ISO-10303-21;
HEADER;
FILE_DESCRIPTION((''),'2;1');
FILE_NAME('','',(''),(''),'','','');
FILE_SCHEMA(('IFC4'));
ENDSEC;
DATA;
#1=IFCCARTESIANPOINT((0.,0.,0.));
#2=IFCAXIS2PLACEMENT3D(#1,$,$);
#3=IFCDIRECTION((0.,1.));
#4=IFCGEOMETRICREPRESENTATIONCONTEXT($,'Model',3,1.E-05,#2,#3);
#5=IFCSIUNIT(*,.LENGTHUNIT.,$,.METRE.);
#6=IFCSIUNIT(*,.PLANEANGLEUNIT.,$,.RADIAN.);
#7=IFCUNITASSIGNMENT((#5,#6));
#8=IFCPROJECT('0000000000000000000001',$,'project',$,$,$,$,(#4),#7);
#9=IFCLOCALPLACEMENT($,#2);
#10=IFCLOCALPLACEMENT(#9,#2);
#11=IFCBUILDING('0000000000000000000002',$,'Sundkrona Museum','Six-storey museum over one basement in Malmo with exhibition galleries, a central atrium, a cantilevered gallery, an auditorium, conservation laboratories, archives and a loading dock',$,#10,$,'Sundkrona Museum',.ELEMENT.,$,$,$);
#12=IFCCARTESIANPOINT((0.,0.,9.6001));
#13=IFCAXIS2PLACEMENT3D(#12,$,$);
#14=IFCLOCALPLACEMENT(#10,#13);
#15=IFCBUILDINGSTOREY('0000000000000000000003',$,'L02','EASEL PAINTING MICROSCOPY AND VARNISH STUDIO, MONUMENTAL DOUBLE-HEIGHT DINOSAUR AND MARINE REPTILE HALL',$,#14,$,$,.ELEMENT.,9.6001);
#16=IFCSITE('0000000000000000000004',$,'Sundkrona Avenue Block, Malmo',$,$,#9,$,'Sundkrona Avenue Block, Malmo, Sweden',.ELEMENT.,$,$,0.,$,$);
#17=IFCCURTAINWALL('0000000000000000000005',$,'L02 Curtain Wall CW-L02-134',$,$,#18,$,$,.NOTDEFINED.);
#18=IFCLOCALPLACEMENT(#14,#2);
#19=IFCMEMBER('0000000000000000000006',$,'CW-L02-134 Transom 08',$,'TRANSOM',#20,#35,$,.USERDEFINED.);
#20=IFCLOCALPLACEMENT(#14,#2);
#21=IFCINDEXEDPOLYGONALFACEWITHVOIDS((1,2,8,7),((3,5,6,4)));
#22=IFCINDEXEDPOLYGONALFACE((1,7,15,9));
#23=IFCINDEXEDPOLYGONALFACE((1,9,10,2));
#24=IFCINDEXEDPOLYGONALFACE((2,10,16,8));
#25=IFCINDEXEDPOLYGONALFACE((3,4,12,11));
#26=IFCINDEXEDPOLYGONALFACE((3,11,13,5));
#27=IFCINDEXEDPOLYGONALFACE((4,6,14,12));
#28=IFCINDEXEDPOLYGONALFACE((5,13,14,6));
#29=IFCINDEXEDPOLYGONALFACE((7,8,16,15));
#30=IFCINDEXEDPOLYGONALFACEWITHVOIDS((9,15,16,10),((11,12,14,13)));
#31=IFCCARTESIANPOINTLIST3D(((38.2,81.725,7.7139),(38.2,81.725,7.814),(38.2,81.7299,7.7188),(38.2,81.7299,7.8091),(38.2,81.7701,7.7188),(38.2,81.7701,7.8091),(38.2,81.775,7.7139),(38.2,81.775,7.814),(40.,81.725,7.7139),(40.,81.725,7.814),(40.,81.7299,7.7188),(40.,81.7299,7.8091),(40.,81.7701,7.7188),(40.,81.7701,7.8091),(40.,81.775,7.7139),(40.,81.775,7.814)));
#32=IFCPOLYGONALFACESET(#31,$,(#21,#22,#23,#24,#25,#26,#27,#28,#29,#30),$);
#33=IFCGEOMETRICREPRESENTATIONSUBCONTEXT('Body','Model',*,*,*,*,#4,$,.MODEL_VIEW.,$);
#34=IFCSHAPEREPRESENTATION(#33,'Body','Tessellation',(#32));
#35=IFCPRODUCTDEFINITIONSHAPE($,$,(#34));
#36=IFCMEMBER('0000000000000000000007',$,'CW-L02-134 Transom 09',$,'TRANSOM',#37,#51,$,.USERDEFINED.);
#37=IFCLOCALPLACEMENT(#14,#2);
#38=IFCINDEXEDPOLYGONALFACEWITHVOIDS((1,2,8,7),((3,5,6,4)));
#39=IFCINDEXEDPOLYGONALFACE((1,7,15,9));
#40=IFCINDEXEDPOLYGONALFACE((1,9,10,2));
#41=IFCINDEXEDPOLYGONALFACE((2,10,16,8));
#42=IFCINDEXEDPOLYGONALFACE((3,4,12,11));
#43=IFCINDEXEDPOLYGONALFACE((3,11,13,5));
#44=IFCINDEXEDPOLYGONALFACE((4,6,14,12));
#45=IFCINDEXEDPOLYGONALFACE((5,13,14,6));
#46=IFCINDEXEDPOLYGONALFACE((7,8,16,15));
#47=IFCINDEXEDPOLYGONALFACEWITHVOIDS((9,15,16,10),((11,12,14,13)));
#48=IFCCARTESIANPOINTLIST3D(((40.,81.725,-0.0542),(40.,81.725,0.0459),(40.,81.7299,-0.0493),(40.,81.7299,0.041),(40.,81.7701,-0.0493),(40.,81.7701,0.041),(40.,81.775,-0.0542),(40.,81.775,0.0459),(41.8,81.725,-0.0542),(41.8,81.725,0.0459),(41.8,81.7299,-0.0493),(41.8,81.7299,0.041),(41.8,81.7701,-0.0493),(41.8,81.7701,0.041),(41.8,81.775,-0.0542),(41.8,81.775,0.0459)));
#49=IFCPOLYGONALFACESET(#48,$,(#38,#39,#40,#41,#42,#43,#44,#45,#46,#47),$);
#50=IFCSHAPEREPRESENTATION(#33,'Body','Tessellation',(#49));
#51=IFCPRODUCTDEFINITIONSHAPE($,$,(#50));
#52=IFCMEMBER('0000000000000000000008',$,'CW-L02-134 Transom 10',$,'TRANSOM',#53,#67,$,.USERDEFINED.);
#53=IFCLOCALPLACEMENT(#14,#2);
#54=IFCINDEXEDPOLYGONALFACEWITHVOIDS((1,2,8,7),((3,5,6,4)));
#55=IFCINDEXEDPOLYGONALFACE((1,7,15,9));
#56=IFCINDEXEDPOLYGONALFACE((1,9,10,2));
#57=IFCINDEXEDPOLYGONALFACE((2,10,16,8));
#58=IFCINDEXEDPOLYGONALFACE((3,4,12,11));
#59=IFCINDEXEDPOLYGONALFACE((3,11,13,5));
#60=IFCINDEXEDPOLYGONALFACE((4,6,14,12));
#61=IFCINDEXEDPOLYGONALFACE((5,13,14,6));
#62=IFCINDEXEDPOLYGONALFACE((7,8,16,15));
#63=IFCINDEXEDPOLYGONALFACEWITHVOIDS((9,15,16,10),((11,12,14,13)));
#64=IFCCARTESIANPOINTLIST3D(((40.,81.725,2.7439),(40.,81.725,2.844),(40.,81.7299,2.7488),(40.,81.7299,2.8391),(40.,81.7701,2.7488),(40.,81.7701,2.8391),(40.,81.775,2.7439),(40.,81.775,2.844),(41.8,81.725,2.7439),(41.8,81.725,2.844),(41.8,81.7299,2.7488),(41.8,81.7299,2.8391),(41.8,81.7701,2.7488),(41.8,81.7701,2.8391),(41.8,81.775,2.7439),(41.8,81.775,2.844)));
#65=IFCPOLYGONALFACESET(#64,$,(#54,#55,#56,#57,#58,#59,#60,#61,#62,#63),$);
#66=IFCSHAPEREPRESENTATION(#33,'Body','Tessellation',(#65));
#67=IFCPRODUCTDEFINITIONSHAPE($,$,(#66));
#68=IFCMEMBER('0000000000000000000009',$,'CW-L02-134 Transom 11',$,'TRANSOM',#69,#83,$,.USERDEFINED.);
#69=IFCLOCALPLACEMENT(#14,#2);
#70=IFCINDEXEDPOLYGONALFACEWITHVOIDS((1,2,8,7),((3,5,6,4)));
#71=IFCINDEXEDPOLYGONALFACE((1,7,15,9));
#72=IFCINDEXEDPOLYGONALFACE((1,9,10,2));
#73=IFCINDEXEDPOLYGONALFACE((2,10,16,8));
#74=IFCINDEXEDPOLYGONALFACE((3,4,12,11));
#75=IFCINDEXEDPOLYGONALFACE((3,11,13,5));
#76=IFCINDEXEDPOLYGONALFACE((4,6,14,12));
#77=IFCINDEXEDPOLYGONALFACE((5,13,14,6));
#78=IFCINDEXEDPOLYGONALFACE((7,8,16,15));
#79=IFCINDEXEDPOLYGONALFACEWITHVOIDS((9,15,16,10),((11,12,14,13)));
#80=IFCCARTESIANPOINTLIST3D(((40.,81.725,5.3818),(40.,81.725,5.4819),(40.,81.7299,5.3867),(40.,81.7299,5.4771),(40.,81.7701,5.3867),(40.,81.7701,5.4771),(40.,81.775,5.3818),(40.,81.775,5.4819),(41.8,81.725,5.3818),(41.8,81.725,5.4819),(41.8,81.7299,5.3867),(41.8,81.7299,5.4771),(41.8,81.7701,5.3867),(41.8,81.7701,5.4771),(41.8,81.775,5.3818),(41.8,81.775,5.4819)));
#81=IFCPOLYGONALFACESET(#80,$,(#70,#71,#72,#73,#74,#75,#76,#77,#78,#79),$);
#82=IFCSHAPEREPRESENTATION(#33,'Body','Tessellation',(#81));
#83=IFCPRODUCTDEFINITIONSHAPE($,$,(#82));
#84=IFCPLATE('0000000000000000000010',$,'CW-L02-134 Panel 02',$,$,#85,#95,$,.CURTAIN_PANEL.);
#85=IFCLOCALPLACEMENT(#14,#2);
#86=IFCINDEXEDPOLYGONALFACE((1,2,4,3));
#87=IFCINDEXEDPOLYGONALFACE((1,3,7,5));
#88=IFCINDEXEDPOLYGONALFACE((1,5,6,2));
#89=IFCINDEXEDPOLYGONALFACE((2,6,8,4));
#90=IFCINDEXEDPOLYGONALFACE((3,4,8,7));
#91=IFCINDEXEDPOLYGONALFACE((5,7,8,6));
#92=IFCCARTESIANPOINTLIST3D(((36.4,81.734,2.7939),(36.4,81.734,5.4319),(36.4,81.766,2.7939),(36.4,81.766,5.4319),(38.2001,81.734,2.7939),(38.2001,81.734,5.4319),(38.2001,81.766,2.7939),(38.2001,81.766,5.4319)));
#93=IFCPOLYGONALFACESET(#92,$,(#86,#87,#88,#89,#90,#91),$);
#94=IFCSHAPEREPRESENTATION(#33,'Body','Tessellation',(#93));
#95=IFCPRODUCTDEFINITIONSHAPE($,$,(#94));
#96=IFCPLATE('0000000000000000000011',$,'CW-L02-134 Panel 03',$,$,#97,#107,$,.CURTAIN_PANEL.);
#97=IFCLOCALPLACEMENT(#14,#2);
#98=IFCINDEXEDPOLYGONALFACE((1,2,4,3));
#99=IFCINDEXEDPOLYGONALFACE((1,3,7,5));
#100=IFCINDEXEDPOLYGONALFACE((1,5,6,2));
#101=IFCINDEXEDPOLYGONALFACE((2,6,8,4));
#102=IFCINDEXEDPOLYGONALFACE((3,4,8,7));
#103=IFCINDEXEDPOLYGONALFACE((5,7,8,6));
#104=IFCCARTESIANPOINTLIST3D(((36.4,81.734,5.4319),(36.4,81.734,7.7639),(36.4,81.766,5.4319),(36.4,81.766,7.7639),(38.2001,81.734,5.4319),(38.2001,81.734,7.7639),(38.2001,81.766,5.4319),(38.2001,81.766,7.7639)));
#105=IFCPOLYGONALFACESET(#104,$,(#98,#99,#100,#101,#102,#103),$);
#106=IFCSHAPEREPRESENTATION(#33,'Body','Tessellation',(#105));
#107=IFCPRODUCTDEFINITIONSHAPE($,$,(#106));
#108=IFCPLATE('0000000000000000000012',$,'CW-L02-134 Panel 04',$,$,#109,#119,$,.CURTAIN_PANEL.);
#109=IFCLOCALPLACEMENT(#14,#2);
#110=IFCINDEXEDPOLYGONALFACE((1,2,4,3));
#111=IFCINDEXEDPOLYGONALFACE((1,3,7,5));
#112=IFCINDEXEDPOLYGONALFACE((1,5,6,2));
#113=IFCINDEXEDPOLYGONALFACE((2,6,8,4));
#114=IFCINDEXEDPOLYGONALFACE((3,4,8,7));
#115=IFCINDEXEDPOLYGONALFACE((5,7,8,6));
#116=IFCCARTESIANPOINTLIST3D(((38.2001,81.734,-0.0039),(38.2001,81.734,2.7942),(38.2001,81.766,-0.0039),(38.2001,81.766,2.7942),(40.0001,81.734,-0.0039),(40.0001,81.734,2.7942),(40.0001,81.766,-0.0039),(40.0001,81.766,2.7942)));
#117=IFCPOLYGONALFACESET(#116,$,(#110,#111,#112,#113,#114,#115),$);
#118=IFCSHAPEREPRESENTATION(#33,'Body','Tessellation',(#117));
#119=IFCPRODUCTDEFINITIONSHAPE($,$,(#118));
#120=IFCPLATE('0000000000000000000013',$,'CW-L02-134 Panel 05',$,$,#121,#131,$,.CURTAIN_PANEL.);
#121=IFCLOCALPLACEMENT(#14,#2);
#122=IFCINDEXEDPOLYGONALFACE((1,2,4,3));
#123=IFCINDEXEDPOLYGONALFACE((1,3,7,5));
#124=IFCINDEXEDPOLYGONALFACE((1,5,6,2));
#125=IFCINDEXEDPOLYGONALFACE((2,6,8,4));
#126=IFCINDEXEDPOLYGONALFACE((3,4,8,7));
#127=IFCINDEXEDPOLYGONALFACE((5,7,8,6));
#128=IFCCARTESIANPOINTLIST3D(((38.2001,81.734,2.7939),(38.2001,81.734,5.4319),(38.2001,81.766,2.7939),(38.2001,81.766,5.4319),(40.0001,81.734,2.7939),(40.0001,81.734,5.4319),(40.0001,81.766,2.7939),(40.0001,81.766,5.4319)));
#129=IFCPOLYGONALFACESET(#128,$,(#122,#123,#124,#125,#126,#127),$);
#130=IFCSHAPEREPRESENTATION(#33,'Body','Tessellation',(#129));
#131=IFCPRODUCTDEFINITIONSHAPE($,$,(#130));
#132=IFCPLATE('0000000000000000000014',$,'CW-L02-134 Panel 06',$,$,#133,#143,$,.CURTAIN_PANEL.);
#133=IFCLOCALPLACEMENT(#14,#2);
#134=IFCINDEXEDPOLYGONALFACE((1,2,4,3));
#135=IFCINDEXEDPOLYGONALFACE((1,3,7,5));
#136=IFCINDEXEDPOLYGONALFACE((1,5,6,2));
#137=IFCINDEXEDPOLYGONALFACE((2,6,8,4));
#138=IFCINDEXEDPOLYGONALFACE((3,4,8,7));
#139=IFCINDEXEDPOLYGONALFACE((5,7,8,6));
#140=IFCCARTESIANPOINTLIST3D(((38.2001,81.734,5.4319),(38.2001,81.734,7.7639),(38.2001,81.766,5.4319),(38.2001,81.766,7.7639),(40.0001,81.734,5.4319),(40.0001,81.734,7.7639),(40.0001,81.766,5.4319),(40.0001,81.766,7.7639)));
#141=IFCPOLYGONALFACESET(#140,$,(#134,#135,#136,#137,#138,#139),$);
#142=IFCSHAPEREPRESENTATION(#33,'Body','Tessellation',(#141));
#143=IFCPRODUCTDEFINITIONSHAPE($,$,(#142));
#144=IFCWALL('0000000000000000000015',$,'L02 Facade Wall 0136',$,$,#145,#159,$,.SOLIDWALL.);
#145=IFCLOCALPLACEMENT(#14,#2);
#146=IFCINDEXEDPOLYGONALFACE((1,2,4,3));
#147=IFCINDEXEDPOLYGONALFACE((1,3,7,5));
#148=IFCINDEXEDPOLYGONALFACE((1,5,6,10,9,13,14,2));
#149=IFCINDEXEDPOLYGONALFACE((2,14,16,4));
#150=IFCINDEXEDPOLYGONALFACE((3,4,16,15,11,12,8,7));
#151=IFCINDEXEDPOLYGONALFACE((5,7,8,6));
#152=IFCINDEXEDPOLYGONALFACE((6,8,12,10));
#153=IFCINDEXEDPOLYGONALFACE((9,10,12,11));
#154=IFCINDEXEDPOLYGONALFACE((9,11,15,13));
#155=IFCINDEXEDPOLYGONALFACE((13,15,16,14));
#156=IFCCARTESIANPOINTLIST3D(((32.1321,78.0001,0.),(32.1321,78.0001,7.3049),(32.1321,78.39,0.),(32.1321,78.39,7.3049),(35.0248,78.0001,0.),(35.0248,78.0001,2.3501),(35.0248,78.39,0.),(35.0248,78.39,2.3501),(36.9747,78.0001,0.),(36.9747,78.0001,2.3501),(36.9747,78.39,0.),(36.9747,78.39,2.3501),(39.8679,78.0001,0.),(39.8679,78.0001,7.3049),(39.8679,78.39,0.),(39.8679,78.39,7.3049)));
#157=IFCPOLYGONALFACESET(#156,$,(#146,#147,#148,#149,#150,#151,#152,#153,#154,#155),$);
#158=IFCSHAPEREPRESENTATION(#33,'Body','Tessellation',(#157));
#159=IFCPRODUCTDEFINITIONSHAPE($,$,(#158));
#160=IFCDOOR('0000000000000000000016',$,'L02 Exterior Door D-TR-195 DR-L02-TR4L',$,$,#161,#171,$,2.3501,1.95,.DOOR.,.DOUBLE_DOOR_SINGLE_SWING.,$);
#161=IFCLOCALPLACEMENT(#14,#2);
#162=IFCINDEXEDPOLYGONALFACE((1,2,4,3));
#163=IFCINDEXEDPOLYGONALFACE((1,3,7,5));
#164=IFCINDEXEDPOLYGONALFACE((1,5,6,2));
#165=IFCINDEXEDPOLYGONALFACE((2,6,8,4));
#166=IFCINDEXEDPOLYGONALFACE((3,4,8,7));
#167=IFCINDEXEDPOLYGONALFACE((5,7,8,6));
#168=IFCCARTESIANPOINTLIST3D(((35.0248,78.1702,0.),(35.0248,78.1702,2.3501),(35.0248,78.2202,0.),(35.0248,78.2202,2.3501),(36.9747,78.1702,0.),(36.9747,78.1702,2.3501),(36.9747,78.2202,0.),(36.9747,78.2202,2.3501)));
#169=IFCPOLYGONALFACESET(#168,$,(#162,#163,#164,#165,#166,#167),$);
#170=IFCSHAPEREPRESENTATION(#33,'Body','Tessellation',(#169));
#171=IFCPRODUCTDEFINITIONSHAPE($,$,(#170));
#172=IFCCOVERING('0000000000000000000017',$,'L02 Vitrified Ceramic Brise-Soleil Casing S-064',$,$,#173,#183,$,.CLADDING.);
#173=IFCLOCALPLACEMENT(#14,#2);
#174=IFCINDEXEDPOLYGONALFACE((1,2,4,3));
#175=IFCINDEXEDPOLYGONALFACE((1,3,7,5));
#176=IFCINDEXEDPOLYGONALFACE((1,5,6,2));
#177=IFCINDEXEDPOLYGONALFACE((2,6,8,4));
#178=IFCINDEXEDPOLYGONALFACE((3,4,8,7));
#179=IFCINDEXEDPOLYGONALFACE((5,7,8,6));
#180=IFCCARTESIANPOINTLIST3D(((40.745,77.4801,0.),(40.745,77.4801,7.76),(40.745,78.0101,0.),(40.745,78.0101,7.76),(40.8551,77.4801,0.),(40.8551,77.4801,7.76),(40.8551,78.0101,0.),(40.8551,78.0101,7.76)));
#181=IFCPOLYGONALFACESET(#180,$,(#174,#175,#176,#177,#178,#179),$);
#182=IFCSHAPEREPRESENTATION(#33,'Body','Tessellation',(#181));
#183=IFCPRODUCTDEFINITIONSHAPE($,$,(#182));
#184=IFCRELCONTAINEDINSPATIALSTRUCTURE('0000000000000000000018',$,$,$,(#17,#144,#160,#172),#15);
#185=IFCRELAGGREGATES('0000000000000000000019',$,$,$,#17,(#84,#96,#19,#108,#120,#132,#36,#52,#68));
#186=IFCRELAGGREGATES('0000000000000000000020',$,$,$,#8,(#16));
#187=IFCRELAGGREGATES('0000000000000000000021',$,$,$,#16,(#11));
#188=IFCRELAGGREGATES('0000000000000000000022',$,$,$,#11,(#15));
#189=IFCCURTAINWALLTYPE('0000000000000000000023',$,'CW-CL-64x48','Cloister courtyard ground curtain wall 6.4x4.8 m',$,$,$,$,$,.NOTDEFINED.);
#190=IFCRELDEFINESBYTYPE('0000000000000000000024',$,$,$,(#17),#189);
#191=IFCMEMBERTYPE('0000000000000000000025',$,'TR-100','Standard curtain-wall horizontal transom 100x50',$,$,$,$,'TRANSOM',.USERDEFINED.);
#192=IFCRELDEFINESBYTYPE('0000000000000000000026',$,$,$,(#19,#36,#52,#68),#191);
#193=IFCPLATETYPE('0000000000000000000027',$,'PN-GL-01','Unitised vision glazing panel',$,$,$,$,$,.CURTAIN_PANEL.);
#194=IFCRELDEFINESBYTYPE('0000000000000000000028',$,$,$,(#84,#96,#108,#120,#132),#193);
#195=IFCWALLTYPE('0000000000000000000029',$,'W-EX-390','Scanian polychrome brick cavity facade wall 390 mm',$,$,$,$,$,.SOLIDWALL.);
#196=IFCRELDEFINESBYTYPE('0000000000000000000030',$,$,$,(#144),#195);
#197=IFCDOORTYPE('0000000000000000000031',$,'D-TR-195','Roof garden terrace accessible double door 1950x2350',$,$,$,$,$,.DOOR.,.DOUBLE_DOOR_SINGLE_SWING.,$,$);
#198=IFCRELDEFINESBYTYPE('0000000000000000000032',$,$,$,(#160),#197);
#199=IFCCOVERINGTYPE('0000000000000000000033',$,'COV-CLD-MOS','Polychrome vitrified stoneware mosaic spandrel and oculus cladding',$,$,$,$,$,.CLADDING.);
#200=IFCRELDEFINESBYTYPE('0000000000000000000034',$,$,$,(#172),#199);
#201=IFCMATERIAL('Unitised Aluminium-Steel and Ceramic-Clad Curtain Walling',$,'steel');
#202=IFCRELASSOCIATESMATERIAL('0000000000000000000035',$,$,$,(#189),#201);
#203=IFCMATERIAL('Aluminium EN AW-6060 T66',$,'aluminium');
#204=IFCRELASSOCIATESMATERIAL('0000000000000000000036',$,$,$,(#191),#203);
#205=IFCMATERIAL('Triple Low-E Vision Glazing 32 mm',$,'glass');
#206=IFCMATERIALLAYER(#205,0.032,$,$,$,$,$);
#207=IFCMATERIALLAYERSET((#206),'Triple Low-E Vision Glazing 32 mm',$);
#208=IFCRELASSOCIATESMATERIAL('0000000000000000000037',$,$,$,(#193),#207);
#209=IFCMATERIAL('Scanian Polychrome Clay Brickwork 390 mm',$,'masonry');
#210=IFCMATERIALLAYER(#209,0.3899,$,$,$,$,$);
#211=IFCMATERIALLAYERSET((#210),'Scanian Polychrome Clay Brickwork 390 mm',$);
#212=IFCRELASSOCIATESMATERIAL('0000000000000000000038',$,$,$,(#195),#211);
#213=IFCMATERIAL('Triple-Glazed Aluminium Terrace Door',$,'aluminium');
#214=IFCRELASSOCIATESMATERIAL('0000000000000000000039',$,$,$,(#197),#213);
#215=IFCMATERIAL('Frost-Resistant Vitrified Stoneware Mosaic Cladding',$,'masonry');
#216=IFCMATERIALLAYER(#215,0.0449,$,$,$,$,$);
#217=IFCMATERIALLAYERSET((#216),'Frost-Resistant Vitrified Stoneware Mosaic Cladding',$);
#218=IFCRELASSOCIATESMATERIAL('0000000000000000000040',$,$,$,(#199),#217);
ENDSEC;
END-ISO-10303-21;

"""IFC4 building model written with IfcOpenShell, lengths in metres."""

from ifc_helpers import new_model, si_unit, direction, frame, frame_2d, origin, origin_2d, place, context, subcontext, project, spatial, rectangle, hollow_rectangle, extrude, material, layer, layer_set, material_profile, profile_set, type_object, element, fill, aggregate, save


model = new_model("IFC4")

# Units and contexts
model_context = context("Model", 3, precision=1e-05, world=origin(), true_north=direction((0.0, 1.0)))
body_context = subcontext(model_context, "Body", "Model", "MODEL_VIEW")
ifc_project = project(units=[si_unit("LENGTHUNIT", "METRE"), si_unit("PLANEANGLEUNIT", "RADIAN")], contexts=[model_context])

# Site, building, storey
site_placement = place(None, origin())
site = spatial("IfcSite", under=ifc_project, at=site_placement, Name="Sundkrona Avenue Block, Malmo", LongName="Sundkrona Avenue Block, Malmo, Sweden", CompositionType="ELEMENT", RefElevation=0.0)
building_placement = place(site_placement, origin())
building = spatial("IfcBuilding", under=site, at=building_placement, Name="Sundkrona Museum", Description="Six-storey museum over one basement in Malmo with exhibition galleries, a central atrium, a cantilevered gallery, an auditorium, conservation laboratories, archives and a loading dock", LongName="Sundkrona Museum", CompositionType="ELEMENT")
storey_placement = place(building_placement, frame((0.0, 0.0, 9.6001)))
storey = spatial("IfcBuildingStorey", under=building, at=storey_placement, Name="L02", Description="EASEL PAINTING MICROSCOPY AND VARNISH STUDIO, MONUMENTAL DOUBLE-HEIGHT DINOSAUR AND MARINE REPTILE HALL", CompositionType="ELEMENT", Elevation=9.6001)

# Curtain wall
ifc_material_1 = material(Name="Unitised Aluminium-Steel and Ceramic-Clad Curtain Walling", Category="steel")
curtain_wall_type = type_object("IfcCurtainWallType", Name="CW-CL-64x48", Description="Cloister courtyard ground curtain wall 6.4x4.8 m", PredefinedType="NOTDEFINED", material=ifc_material_1)
curtain_wall_placement = place(storey_placement, origin())
curtain_wall = element("IfcCurtainWall", 1, at=curtain_wall_placement, inside=storey, type_object=curtain_wall_type, Name="L02 Curtain Wall CW-L02-134", PredefinedType="NOTDEFINED")
ifc_material_2 = material(Name="Aluminium EN AW-6060 T66", Category="aluminium")

# Members
ifc_material_profile_1 = material_profile(ifc_material_2, hollow_rectangle(XDim=0.05, YDim=0.1001, WallThickness=0.0049, at=origin_2d()), Name="RHS 100x50x5.0")
ifc_profile_set_1 = profile_set([ifc_material_profile_1], Name="Aluminium EN AW-6060 T66")
member_type_1 = type_object("IfcMemberType", Name="TR-100", Description="Standard curtain-wall horizontal transom 100x50", ElementType="TRANSOM", PredefinedType="USERDEFINED", material=ifc_profile_set_1)
member_1_placement = place(storey_placement, frame((38.2, 81.75, 7.7639), z_axis=(1.0, 0.0, 0.0), x_axis=(0.0, 1.0, 0.0)))
member_1 = element("IfcMember", 2, at=member_1_placement, type_object=member_type_1, Name="CW-L02-134 Transom 08", ObjectType="TRANSOM", PredefinedType="USERDEFINED", context=body_context, shape_type="SweptSolid", body=[
    extrude(hollow_rectangle(XDim=0.05, YDim=0.1001, WallThickness=0.0049, at=origin_2d()), origin(), (0.0, 0.0, 1.0), 1.8),
])
member_2_placement = place(storey_placement, frame((40.0, 81.75, -0.0042), z_axis=(1.0, 0.0, 0.0), x_axis=(0.0, 1.0, 0.0)))
member_2 = element("IfcMember", 3, at=member_2_placement, type_object=member_type_1, Name="CW-L02-134 Transom 09", ObjectType="TRANSOM", PredefinedType="USERDEFINED", context=body_context, shape_type="SweptSolid", body=[
    extrude(hollow_rectangle(XDim=0.05, YDim=0.1001, WallThickness=0.0049, at=origin_2d()), origin(), (0.0, 0.0, 1.0), 1.8),
])
member_3_placement = place(storey_placement, frame((40.0, 81.75, 2.7939), z_axis=(1.0, 0.0, 0.0), x_axis=(0.0, 1.0, 0.0)))
member_3 = element("IfcMember", 4, at=member_3_placement, type_object=member_type_1, Name="CW-L02-134 Transom 10", ObjectType="TRANSOM", PredefinedType="USERDEFINED", context=body_context, shape_type="SweptSolid", body=[
    extrude(hollow_rectangle(XDim=0.05, YDim=0.1001, WallThickness=0.0049, at=origin_2d()), origin(), (0.0, 0.0, 1.0), 1.8),
])
member_4_placement = place(storey_placement, frame((40.0, 81.75, 5.4319), z_axis=(1.0, 0.0, 0.0), x_axis=(0.0, 1.0, 0.0)))
member_4 = element("IfcMember", 5, at=member_4_placement, type_object=member_type_1, Name="CW-L02-134 Transom 11", ObjectType="TRANSOM", PredefinedType="USERDEFINED", context=body_context, shape_type="SweptSolid", body=[
    extrude(hollow_rectangle(XDim=0.05, YDim=0.1001, WallThickness=0.0049, at=origin_2d()), origin(), (0.0, 0.0, 1.0), 1.8),
])

# Plates
ifc_material_3 = material(Name="Triple Low-E Vision Glazing 32 mm", Category="glass")
ifc_layer_1 = layer(ifc_material_3, 0.032)
ifc_layer_set_1 = layer_set([ifc_layer_1], Name="Triple Low-E Vision Glazing 32 mm")
plate_type = type_object("IfcPlateType", Name="PN-GL-01", Description="Unitised vision glazing panel", PredefinedType="CURTAIN_PANEL", material=ifc_layer_set_1)
plate_1_placement = place(storey_placement, frame((37.3, 81.75, 2.7939), z_axis=(0.0, 0.0, 1.0), x_axis=(1.0, 0.0, 0.0)))
plate_1 = element("IfcPlate", 6, at=plate_1_placement, type_object=plate_type, Name="CW-L02-134 Panel 02", PredefinedType="CURTAIN_PANEL", context=body_context, shape_type="SweptSolid", body=[
    extrude(rectangle(XDim=1.8, YDim=0.032, at=origin_2d()), origin(), (0.0, 0.0, 1.0), 2.6379),
])
plate_2_placement = place(storey_placement, frame((37.3, 81.75, 5.4319), z_axis=(0.0, 0.0, 1.0), x_axis=(1.0, 0.0, 0.0)))
plate_2 = element("IfcPlate", 7, at=plate_2_placement, type_object=plate_type, Name="CW-L02-134 Panel 03", PredefinedType="CURTAIN_PANEL", context=body_context, shape_type="SweptSolid", body=[
    extrude(rectangle(XDim=1.8, YDim=0.032, at=origin_2d()), origin(), (0.0, 0.0, 1.0), 2.332),
])
plate_3_placement = place(storey_placement, frame((39.1001, 81.75, -0.0039), z_axis=(0.0, 0.0, 1.0), x_axis=(1.0, 0.0, 0.0)))
plate_3 = element("IfcPlate", 8, at=plate_3_placement, type_object=plate_type, Name="CW-L02-134 Panel 04", PredefinedType="CURTAIN_PANEL", context=body_context, shape_type="SweptSolid", body=[
    extrude(rectangle(XDim=1.8, YDim=0.032, at=origin_2d()), origin(), (0.0, 0.0, 1.0), 2.7981),
])
plate_4_placement = place(storey_placement, frame((39.1001, 81.75, 2.7939), z_axis=(0.0, 0.0, 1.0), x_axis=(1.0, 0.0, 0.0)))
plate_4 = element("IfcPlate", 9, at=plate_4_placement, type_object=plate_type, Name="CW-L02-134 Panel 05", PredefinedType="CURTAIN_PANEL", context=body_context, shape_type="SweptSolid", body=[
    extrude(rectangle(XDim=1.8, YDim=0.032, at=origin_2d()), origin(), (0.0, 0.0, 1.0), 2.6379),
])
plate_5_placement = place(storey_placement, frame((39.1001, 81.75, 5.4319), z_axis=(0.0, 0.0, 1.0), x_axis=(1.0, 0.0, 0.0)))
plate_5 = element("IfcPlate", 10, at=plate_5_placement, type_object=plate_type, Name="CW-L02-134 Panel 06", PredefinedType="CURTAIN_PANEL", context=body_context, shape_type="SweptSolid", body=[
    extrude(rectangle(XDim=1.8, YDim=0.032, at=origin_2d()), origin(), (0.0, 0.0, 1.0), 2.332),
])
aggregate(curtain_wall, [plate_1, plate_2, member_1, plate_3, plate_4, plate_5, member_2, member_3, member_4])

# Wall, opening, door
ifc_material_4 = material(Name="Scanian Polychrome Clay Brickwork 390 mm", Category="masonry")
ifc_layer_2 = layer(ifc_material_4, 0.3899)
ifc_layer_set_2 = layer_set([ifc_layer_2], Name="Scanian Polychrome Clay Brickwork 390 mm")
wall_type = type_object("IfcWallType", Name="W-EX-390", Description="Scanian polychrome brick cavity facade wall 390 mm", PredefinedType="SOLIDWALL", material=ifc_layer_set_2)
wall_placement = place(storey_placement, frame((39.8679, 78.1951, 0.0), z_axis=(0.0, 0.0, 1.0), x_axis=(-1.0, 0.0, 0.0)))
wall = element("IfcWall", 11, at=wall_placement, inside=storey, type_object=wall_type, Name="L02 Facade Wall 0136", PredefinedType="SOLIDWALL", context=body_context, shape_type="SweptSolid", body=[
    extrude(rectangle(XDim=7.7358, YDim=0.3899, at=frame_2d((3.8679, 0.0))), origin(), (0.0, 0.0, 1.0), 7.3049),
])
opening_placement = place(wall_placement, frame((2.8931, 0.0, 0.0)))
opening = element("IfcOpeningElement", 12, at=opening_placement, cuts=wall, PredefinedType="OPENING", context=body_context, shape_type="SweptSolid", body=[
    extrude(rectangle(XDim=1.95, YDim=2.3501, at=frame_2d((0.9751, 1.175))), frame((0.0, 0.2048, 0.0), z_axis=(0.0, -1.0, 0.0), x_axis=(1.0, 0.0, 0.0)), (0.0, 0.0, 1.0), 0.4099),
])
ifc_material_5 = material(Name="Triple-Glazed Aluminium Terrace Door", Category="aluminium")
door_type = type_object("IfcDoorType", Name="D-TR-195", Description="Roof garden terrace accessible double door 1950x2350", OperationType="DOUBLE_DOOR_SINGLE_SWING", PredefinedType="DOOR", material=ifc_material_5)
door_placement = place(opening_placement, origin())
door = element("IfcDoor", 13, at=door_placement, inside=storey, type_object=door_type, Name="L02 Exterior Door D-TR-195 DR-L02-TR4L", OperationType="DOUBLE_DOOR_SINGLE_SWING", OverallHeight=2.3501, OverallWidth=1.95, PredefinedType="DOOR", context=body_context, shape_type="SweptSolid", body=[
    extrude(rectangle(XDim=1.95, YDim=2.3501, at=frame_2d((0.9751, 1.175))), frame((0.0, 0.0249, 0.0), z_axis=(0.0, -1.0, 0.0), x_axis=(1.0, 0.0, 0.0)), (0.0, 0.0, 1.0), 0.05),
])
fill(opening, door)

# Covering
ifc_material_6 = material(Name="Frost-Resistant Vitrified Stoneware Mosaic Cladding", Category="masonry")
ifc_layer_3 = layer(ifc_material_6, 0.0449)
ifc_layer_set_3 = layer_set([ifc_layer_3], Name="Frost-Resistant Vitrified Stoneware Mosaic Cladding")
covering_type = type_object("IfcCoveringType", Name="COV-CLD-MOS", Description="Polychrome vitrified stoneware mosaic spandrel and oculus cladding", PredefinedType="CLADDING", material=ifc_layer_set_3)
for number, where, z_axis, x_axis, name in (
    (14, (40.8, 77.7451, 0.0), (0.0, 0.0, 1.0), (1.0, 0.0, 0.0), "L02 Vitrified Ceramic Brise-Soleil Casing S-064"),
):
    element("IfcCovering", number, at=place(storey_placement, frame(where, z_axis=z_axis, x_axis=x_axis)), inside=storey, type_object=covering_type, Name=name, PredefinedType="CLADDING", context=body_context, shape_type="SweptSolid", body=[
        extrude(rectangle(XDim=0.1101, YDim=0.53, at=origin_2d()), origin(), (0.0, 0.0, 1.0), 7.76),
    ])

save(model, "model.ifc")
